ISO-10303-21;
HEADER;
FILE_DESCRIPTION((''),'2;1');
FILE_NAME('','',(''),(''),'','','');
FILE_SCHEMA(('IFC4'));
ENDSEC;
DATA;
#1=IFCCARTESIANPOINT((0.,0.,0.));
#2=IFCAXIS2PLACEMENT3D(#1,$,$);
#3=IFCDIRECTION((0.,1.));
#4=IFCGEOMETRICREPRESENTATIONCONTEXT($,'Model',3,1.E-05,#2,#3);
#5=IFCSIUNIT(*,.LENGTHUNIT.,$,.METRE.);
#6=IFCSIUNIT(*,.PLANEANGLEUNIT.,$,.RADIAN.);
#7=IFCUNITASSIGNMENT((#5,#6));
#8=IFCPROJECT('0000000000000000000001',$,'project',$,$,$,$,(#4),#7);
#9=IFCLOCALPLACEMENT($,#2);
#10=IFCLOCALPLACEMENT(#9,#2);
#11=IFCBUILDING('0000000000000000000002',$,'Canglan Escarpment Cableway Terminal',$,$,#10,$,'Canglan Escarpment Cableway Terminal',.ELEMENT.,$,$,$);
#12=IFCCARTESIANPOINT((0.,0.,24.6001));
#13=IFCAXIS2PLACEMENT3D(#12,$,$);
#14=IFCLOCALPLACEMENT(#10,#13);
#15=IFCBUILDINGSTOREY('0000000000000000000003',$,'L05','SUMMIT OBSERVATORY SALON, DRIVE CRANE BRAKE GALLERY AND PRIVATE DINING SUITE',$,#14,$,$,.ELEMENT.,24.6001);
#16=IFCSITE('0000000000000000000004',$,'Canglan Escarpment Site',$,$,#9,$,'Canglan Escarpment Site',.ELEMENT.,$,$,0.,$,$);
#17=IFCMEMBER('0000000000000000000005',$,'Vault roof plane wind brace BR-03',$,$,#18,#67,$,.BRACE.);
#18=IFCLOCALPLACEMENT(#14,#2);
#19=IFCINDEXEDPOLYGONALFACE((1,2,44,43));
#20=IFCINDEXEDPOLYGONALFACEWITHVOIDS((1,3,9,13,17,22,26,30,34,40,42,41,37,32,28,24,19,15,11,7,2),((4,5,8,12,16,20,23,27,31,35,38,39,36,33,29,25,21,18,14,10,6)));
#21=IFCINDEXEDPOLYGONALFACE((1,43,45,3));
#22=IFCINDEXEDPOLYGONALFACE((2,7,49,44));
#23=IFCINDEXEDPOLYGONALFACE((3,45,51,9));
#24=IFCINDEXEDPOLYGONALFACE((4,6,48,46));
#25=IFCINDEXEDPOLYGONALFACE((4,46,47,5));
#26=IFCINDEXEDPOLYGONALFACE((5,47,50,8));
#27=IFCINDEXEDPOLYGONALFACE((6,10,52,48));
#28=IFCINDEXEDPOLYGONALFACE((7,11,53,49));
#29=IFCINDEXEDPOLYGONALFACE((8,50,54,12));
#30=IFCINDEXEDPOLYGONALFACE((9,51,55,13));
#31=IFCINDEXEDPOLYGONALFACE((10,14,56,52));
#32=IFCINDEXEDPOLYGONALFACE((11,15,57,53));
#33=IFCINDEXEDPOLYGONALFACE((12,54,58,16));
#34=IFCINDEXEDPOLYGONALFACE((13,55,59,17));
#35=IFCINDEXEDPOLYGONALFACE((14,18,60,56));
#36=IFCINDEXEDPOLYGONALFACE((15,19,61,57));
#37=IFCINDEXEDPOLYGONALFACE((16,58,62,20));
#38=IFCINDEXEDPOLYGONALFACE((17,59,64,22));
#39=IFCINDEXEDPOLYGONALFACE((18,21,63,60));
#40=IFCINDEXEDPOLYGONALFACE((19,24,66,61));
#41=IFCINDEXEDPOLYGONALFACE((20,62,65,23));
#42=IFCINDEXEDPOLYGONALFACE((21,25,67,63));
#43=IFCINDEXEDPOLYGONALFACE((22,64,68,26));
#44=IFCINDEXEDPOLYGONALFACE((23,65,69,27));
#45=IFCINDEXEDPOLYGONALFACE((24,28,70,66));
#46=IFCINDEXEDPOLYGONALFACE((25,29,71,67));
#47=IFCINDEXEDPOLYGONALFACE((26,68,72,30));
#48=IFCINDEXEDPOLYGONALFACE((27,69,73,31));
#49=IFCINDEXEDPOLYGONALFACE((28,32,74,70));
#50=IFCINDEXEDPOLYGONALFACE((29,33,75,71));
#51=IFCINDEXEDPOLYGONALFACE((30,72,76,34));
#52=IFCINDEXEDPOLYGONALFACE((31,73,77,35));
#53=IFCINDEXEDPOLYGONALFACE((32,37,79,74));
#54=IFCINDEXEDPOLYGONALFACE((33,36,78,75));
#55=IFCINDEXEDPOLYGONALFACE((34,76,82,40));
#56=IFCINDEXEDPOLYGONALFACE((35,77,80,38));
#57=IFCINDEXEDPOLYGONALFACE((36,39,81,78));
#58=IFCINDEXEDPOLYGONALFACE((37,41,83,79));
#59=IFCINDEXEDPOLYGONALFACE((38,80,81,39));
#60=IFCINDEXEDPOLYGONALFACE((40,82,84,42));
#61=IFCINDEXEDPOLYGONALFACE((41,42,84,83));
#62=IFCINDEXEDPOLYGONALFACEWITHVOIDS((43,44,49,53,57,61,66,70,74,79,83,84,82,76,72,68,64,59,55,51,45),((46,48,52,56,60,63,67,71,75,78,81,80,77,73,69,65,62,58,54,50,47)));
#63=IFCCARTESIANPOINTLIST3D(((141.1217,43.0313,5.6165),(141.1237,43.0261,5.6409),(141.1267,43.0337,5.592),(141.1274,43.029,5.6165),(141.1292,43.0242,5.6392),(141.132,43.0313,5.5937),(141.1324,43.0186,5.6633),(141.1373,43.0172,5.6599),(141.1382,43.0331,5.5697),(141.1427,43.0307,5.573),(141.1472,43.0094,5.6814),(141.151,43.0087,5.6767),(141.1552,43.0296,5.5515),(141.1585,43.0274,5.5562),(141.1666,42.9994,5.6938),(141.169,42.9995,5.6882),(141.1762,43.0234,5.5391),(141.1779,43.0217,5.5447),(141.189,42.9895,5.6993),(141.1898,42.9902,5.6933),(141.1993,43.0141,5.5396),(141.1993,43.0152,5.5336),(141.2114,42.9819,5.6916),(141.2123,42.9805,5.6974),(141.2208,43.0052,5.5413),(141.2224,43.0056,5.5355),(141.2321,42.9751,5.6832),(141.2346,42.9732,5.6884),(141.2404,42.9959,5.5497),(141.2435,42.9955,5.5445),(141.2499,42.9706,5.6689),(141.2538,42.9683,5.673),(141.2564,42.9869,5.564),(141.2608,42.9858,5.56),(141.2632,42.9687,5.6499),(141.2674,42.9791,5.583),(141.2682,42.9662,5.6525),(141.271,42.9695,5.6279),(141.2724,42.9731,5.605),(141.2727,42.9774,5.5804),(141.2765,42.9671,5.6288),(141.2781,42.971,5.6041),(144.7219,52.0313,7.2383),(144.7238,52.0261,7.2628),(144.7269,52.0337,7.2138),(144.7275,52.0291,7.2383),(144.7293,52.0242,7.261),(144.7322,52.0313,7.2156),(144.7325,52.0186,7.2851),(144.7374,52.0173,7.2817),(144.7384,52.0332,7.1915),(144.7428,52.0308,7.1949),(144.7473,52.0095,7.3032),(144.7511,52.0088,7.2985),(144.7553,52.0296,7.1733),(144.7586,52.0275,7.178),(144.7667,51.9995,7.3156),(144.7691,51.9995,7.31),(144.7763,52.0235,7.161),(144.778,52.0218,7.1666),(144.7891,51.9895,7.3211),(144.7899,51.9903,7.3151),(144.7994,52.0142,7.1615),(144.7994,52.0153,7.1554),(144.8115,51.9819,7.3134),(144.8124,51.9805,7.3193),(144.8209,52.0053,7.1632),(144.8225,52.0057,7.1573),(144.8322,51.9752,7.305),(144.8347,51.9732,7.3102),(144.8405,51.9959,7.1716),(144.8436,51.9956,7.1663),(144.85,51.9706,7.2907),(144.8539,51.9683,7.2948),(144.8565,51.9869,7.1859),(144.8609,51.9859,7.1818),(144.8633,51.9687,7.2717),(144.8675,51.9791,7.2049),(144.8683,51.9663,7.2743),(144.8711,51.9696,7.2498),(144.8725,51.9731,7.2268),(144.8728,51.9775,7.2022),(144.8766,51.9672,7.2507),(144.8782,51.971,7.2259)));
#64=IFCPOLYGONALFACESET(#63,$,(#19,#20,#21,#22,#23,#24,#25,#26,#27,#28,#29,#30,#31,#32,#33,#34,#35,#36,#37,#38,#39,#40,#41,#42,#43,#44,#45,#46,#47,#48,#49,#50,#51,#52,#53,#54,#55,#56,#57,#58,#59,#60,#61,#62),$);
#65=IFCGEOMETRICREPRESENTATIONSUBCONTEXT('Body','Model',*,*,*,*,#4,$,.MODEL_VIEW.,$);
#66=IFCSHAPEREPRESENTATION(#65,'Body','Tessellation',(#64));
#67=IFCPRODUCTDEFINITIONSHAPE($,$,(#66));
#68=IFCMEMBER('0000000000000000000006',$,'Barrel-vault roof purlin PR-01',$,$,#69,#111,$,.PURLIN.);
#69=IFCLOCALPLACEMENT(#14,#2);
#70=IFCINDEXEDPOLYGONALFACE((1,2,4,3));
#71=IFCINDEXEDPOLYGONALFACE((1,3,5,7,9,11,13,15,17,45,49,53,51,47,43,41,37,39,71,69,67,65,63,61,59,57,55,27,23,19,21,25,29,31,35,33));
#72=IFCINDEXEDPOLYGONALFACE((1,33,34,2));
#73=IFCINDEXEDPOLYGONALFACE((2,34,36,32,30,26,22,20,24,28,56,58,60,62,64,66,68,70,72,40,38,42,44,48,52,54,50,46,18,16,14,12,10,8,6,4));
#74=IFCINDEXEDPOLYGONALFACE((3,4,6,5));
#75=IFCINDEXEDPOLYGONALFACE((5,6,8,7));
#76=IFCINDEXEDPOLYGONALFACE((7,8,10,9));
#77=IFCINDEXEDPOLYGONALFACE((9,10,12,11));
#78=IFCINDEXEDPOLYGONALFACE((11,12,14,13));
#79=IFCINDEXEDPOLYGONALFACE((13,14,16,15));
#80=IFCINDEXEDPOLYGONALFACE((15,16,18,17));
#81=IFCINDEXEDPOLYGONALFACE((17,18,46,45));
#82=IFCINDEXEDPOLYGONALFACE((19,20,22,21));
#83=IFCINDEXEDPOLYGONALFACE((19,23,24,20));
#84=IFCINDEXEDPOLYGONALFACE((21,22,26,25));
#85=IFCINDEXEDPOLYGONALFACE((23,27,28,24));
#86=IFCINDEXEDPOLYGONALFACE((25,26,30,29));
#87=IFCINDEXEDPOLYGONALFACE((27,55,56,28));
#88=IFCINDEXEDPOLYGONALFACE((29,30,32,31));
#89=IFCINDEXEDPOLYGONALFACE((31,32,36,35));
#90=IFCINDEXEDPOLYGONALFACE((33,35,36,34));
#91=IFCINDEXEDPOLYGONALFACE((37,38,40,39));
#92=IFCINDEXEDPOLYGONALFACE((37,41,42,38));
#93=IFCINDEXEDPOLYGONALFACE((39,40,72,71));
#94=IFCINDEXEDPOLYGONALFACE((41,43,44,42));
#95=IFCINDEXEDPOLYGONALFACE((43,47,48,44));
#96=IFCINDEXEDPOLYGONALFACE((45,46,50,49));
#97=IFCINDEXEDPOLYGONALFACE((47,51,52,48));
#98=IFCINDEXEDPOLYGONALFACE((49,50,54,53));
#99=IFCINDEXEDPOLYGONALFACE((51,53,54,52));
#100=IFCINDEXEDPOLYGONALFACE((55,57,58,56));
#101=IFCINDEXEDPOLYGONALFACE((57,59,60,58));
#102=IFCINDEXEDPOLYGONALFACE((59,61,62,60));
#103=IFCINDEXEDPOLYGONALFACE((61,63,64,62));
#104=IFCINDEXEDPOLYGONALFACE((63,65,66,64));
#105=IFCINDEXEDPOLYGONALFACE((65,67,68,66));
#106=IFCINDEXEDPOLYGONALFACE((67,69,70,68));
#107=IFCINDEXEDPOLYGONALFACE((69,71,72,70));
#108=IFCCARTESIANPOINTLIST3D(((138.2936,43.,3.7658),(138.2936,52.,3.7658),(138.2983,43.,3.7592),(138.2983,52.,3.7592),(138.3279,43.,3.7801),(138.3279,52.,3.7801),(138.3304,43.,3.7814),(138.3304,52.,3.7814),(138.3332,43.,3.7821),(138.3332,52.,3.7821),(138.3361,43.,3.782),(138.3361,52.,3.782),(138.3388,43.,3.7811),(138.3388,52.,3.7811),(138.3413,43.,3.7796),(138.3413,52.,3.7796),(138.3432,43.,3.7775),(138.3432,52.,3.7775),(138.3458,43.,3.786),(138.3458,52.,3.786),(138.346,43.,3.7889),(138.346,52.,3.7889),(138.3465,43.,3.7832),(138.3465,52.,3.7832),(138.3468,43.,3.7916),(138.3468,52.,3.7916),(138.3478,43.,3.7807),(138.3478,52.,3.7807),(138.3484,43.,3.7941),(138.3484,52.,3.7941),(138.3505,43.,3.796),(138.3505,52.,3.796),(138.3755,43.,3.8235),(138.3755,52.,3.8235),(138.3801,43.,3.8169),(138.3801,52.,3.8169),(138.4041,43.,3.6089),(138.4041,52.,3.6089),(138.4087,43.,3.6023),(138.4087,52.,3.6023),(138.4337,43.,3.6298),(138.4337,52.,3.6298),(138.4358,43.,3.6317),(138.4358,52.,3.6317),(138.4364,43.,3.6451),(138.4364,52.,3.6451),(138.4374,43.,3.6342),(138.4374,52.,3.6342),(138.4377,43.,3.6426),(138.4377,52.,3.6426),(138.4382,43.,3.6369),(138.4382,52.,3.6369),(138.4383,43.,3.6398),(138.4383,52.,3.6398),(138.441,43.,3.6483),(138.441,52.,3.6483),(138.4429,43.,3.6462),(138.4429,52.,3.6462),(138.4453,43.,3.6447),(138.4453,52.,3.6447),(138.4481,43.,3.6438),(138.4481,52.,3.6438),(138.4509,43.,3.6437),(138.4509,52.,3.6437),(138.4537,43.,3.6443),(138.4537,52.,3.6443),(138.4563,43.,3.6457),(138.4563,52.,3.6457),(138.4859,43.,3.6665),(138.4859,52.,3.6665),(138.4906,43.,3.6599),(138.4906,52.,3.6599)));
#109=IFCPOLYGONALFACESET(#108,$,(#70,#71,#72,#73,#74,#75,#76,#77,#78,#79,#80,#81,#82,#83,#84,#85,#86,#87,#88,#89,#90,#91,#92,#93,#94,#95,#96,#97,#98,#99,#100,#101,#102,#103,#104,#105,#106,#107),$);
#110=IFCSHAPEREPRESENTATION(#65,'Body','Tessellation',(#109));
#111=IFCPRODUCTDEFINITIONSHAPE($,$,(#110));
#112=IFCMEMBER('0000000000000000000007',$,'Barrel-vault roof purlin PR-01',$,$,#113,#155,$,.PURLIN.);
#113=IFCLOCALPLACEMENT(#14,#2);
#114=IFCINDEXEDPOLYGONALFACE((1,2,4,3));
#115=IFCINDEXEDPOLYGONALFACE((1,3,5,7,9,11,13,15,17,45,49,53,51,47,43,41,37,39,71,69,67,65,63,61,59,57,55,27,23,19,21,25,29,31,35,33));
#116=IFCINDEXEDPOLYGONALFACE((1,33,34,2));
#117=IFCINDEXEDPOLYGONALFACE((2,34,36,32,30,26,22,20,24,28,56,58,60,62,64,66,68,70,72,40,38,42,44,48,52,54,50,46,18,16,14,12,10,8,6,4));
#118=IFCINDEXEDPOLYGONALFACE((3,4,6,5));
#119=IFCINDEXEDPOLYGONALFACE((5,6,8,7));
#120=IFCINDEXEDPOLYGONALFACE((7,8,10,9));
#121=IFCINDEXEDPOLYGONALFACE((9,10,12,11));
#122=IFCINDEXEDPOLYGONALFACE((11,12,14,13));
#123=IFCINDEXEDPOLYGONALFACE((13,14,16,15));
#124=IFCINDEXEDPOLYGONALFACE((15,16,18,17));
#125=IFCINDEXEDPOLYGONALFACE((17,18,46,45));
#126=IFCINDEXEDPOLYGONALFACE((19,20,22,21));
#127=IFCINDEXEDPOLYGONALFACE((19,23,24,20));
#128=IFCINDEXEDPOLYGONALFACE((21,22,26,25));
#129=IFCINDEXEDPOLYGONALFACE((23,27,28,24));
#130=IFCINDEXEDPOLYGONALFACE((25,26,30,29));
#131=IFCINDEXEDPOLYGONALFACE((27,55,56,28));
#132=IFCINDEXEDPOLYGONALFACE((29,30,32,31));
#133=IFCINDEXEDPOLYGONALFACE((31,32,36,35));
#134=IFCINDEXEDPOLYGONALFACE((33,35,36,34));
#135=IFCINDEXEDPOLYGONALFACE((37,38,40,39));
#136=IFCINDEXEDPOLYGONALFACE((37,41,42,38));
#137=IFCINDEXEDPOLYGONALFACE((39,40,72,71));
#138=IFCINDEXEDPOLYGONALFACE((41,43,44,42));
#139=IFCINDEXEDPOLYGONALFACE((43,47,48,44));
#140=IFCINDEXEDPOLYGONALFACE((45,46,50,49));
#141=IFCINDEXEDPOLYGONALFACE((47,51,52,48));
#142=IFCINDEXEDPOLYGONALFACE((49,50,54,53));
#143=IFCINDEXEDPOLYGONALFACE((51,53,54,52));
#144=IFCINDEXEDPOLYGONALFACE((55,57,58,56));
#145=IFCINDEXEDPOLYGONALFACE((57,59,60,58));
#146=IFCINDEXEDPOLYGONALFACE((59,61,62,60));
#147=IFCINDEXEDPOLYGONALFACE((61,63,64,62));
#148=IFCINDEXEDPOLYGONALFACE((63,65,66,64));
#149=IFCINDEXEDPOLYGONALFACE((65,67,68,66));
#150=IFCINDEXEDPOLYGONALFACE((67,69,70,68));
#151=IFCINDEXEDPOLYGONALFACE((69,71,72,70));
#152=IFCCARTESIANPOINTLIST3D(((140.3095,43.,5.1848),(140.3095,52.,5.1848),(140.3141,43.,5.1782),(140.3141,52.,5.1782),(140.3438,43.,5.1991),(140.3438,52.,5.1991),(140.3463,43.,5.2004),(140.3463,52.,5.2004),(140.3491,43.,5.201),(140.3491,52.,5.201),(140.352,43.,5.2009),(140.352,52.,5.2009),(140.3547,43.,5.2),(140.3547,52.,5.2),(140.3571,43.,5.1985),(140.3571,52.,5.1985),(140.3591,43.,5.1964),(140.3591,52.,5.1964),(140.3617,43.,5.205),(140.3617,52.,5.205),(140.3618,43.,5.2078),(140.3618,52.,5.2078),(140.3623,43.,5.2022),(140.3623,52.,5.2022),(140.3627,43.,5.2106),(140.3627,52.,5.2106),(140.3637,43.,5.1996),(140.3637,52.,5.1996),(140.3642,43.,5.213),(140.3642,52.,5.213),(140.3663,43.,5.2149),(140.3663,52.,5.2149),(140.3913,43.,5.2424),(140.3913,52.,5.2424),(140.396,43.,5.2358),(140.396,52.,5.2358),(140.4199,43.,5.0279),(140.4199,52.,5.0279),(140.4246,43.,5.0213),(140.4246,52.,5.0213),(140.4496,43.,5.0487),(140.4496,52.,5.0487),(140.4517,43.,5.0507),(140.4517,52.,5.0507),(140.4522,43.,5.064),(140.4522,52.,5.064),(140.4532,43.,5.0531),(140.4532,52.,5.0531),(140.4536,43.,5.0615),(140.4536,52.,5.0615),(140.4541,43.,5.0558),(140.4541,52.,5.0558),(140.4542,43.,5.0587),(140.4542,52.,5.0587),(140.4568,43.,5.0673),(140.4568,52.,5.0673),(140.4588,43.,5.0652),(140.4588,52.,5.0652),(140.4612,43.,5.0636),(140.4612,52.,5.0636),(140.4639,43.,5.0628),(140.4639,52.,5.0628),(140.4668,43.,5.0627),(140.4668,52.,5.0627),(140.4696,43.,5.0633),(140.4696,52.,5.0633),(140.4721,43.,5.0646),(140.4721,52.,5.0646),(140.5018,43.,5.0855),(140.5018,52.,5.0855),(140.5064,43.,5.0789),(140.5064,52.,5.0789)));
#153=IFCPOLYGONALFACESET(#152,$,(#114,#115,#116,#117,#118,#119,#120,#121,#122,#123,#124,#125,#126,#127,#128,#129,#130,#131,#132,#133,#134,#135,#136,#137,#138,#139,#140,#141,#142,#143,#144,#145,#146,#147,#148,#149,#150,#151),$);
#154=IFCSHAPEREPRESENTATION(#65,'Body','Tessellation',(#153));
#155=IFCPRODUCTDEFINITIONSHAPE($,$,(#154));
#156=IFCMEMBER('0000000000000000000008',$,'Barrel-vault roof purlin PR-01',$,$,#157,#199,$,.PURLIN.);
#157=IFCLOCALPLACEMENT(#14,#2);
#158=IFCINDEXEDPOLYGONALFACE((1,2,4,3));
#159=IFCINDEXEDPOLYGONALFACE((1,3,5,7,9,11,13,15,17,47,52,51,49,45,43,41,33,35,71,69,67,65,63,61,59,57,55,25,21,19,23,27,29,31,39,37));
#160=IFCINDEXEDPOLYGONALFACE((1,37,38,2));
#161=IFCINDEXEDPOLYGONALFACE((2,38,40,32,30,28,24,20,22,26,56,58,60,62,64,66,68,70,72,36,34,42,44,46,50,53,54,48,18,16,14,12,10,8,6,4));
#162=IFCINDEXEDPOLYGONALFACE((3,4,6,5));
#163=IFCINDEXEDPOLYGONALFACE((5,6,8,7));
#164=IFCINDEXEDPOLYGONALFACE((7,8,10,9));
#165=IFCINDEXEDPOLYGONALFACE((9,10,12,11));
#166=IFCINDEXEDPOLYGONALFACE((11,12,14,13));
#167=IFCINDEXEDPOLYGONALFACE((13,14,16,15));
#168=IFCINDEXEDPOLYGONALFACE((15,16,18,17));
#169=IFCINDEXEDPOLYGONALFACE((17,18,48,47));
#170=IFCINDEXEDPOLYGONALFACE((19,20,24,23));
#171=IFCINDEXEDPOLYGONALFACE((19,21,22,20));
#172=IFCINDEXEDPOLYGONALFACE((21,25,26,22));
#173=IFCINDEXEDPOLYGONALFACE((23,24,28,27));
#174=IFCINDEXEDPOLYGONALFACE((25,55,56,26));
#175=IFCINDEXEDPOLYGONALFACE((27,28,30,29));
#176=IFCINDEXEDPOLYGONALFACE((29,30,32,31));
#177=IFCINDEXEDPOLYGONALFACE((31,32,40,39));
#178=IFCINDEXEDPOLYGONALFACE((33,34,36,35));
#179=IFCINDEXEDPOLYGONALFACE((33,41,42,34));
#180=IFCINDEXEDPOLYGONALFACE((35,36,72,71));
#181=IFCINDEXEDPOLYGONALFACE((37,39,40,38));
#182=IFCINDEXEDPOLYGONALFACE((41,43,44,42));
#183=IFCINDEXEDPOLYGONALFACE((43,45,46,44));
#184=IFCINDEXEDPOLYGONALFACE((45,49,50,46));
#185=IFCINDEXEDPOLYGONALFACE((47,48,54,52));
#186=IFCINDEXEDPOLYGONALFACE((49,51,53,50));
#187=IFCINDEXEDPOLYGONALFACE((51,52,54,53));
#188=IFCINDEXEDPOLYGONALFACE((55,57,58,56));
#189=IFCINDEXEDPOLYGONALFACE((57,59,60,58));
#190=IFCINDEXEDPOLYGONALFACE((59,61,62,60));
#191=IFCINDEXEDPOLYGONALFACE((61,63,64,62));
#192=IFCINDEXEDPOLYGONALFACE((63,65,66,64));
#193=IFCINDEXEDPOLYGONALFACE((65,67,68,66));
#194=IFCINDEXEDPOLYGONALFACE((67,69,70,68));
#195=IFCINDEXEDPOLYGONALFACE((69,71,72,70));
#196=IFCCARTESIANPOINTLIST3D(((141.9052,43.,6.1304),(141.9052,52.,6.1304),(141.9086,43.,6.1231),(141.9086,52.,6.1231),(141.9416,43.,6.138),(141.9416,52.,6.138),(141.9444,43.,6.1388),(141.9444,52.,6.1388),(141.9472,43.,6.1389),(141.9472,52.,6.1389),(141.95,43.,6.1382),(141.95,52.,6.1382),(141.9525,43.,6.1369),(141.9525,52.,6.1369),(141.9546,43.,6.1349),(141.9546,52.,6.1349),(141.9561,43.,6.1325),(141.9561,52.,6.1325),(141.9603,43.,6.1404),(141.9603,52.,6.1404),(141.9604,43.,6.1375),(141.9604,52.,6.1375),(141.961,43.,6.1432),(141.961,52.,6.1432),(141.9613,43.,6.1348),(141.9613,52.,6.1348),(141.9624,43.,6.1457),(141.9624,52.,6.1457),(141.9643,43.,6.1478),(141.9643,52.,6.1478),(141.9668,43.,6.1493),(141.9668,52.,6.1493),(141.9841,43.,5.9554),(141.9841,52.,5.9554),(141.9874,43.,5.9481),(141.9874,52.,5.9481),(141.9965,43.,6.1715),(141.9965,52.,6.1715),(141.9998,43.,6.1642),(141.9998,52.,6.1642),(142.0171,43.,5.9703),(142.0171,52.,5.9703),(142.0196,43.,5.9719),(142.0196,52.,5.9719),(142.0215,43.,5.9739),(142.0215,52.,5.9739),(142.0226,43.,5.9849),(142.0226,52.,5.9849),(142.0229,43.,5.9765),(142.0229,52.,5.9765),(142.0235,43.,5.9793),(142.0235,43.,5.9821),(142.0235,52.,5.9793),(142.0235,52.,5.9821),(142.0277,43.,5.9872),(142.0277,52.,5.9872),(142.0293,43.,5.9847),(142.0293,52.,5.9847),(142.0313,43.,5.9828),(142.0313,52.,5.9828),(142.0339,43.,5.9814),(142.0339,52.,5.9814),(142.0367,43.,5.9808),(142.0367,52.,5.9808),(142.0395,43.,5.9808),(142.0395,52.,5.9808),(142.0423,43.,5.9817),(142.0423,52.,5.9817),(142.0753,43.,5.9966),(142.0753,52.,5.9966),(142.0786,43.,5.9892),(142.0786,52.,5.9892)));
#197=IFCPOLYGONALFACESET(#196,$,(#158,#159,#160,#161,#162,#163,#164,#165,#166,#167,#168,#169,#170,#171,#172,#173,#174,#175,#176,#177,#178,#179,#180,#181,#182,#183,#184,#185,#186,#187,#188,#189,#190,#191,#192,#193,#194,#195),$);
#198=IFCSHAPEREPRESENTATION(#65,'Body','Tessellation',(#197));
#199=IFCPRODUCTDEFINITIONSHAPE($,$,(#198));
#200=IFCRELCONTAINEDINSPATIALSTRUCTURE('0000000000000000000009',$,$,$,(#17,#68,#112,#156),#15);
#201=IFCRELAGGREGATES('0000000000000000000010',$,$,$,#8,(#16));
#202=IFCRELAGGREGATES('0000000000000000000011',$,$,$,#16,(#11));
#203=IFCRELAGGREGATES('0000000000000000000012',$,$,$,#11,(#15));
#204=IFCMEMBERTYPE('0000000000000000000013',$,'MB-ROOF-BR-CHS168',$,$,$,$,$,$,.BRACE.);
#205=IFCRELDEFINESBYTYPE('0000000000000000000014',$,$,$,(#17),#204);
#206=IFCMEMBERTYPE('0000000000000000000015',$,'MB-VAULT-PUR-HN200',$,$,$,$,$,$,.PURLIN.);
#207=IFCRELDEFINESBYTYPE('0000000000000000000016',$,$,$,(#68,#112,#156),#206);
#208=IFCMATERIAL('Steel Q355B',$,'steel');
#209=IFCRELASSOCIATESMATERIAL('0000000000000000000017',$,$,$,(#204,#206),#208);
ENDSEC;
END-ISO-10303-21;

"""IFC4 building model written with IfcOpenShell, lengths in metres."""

from ifc_helpers import new_model, si_unit, direction, frame, origin, origin_2d, place, context, subcontext, project, spatial, hollow_circle, i_section, extrude, material, material_profile, profile_set, type_object, element, save


model = new_model("IFC4")

# Units and contexts
model_context = context("Model", 3, precision=1e-05, world=origin(), true_north=direction((0.0, 1.0)))
body_context = subcontext(model_context, "Body", "Model", "MODEL_VIEW")
ifc_project = project(units=[si_unit("LENGTHUNIT", "METRE"), si_unit("PLANEANGLEUNIT", "RADIAN")], contexts=[model_context])

# Site, building, storey
site_placement = place(None, origin())
site = spatial("IfcSite", under=ifc_project, at=site_placement, Name="Canglan Escarpment Site", LongName="Canglan Escarpment Site", CompositionType="ELEMENT", RefElevation=0.0)
building_placement = place(site_placement, origin())
building = spatial("IfcBuilding", under=site, at=building_placement, Name="Canglan Escarpment Cableway Terminal", LongName="Canglan Escarpment Cableway Terminal", CompositionType="ELEMENT")
storey_placement = place(building_placement, frame((0.0, 0.0, 24.6001)))
storey = spatial("IfcBuildingStorey", under=building, at=storey_placement, Name="L05", Description="SUMMIT OBSERVATORY SALON, DRIVE CRANE BRAKE GALLERY AND PRIVATE DINING SUITE", CompositionType="ELEMENT", Elevation=24.6001)

# Shared definitions
ifc_material_1 = material(Name="Steel Q355B", Category="steel")

# Members
ifc_material_profile_1 = material_profile(ifc_material_1, hollow_circle(Radius=0.0842, WallThickness=0.0061, at=origin_2d()), Name="CHS 168.3x6")
ifc_profile_set_1 = profile_set([ifc_material_profile_1], Name="Steel Q355B")
member_type_1 = type_object("IfcMemberType", Name="MB-ROOF-BR-CHS168", PredefinedType="BRACE", material=ifc_profile_set_1)
member_1_placement = place(storey_placement, frame((141.2, 43.0, 5.6165), z_axis=(0.366308, 0.915744, 0.16502), x_axis=(-0.928473, 0.371399, 0.0)))
element("IfcMember", 1, at=member_1_placement, inside=storey, type_object=member_type_1, Name="Vault roof plane wind brace BR-03", PredefinedType="BRACE", context=body_context, shape_type="SweptSolid", body=[
    extrude(hollow_circle(Radius=0.0842, WallThickness=0.0061, at=origin_2d()), origin(), (0.0, 0.0, 1.0), 9.8281),
])
ifc_material_profile_2 = material_profile(ifc_material_1, i_section(OverallWidth=0.1001, OverallDepth=0.2, WebThickness=0.0056, FlangeThickness=0.0081, FilletRadius=0.011, at=origin_2d()), Name="HN 200x100x5.5x8")
ifc_profile_set_2 = profile_set([ifc_material_profile_2], Name="Steel Q355B")
member_type_2 = type_object("IfcMemberType", Name="MB-VAULT-PUR-HN200", PredefinedType="PURLIN", material=ifc_profile_set_2)
for number, where, z_axis, x_axis, name in (
    (2, (138.3921, 43.0, 3.7129), (0.0, 1.0, 0.0), (-0.817728, 0.0, -0.575605), "Barrel-vault roof purlin PR-01"),
    (3, (140.408, 43.0, 5.1318), (0.0, 1.0, 0.0), (-0.817728, 0.0, -0.575605), "Barrel-vault roof purlin PR-01"),
    (4, (141.9919, 43.0, 6.0598), (0.0, 1.0, 0.0), (-0.911741, 0.0, -0.410767), "Barrel-vault roof purlin PR-01"),
):
    element("IfcMember", number, at=place(storey_placement, frame(where, z_axis=z_axis, x_axis=x_axis)), inside=storey, type_object=member_type_2, Name=name, PredefinedType="PURLIN", context=body_context, shape_type="SweptSolid", body=[
        extrude(i_section(OverallWidth=0.1001, OverallDepth=0.2, WebThickness=0.0056, FlangeThickness=0.0081, FilletRadius=0.011, at=origin_2d()), origin(), (0.0, 0.0, 1.0), 9.0),
    ])

save(model, "model.ifc")
